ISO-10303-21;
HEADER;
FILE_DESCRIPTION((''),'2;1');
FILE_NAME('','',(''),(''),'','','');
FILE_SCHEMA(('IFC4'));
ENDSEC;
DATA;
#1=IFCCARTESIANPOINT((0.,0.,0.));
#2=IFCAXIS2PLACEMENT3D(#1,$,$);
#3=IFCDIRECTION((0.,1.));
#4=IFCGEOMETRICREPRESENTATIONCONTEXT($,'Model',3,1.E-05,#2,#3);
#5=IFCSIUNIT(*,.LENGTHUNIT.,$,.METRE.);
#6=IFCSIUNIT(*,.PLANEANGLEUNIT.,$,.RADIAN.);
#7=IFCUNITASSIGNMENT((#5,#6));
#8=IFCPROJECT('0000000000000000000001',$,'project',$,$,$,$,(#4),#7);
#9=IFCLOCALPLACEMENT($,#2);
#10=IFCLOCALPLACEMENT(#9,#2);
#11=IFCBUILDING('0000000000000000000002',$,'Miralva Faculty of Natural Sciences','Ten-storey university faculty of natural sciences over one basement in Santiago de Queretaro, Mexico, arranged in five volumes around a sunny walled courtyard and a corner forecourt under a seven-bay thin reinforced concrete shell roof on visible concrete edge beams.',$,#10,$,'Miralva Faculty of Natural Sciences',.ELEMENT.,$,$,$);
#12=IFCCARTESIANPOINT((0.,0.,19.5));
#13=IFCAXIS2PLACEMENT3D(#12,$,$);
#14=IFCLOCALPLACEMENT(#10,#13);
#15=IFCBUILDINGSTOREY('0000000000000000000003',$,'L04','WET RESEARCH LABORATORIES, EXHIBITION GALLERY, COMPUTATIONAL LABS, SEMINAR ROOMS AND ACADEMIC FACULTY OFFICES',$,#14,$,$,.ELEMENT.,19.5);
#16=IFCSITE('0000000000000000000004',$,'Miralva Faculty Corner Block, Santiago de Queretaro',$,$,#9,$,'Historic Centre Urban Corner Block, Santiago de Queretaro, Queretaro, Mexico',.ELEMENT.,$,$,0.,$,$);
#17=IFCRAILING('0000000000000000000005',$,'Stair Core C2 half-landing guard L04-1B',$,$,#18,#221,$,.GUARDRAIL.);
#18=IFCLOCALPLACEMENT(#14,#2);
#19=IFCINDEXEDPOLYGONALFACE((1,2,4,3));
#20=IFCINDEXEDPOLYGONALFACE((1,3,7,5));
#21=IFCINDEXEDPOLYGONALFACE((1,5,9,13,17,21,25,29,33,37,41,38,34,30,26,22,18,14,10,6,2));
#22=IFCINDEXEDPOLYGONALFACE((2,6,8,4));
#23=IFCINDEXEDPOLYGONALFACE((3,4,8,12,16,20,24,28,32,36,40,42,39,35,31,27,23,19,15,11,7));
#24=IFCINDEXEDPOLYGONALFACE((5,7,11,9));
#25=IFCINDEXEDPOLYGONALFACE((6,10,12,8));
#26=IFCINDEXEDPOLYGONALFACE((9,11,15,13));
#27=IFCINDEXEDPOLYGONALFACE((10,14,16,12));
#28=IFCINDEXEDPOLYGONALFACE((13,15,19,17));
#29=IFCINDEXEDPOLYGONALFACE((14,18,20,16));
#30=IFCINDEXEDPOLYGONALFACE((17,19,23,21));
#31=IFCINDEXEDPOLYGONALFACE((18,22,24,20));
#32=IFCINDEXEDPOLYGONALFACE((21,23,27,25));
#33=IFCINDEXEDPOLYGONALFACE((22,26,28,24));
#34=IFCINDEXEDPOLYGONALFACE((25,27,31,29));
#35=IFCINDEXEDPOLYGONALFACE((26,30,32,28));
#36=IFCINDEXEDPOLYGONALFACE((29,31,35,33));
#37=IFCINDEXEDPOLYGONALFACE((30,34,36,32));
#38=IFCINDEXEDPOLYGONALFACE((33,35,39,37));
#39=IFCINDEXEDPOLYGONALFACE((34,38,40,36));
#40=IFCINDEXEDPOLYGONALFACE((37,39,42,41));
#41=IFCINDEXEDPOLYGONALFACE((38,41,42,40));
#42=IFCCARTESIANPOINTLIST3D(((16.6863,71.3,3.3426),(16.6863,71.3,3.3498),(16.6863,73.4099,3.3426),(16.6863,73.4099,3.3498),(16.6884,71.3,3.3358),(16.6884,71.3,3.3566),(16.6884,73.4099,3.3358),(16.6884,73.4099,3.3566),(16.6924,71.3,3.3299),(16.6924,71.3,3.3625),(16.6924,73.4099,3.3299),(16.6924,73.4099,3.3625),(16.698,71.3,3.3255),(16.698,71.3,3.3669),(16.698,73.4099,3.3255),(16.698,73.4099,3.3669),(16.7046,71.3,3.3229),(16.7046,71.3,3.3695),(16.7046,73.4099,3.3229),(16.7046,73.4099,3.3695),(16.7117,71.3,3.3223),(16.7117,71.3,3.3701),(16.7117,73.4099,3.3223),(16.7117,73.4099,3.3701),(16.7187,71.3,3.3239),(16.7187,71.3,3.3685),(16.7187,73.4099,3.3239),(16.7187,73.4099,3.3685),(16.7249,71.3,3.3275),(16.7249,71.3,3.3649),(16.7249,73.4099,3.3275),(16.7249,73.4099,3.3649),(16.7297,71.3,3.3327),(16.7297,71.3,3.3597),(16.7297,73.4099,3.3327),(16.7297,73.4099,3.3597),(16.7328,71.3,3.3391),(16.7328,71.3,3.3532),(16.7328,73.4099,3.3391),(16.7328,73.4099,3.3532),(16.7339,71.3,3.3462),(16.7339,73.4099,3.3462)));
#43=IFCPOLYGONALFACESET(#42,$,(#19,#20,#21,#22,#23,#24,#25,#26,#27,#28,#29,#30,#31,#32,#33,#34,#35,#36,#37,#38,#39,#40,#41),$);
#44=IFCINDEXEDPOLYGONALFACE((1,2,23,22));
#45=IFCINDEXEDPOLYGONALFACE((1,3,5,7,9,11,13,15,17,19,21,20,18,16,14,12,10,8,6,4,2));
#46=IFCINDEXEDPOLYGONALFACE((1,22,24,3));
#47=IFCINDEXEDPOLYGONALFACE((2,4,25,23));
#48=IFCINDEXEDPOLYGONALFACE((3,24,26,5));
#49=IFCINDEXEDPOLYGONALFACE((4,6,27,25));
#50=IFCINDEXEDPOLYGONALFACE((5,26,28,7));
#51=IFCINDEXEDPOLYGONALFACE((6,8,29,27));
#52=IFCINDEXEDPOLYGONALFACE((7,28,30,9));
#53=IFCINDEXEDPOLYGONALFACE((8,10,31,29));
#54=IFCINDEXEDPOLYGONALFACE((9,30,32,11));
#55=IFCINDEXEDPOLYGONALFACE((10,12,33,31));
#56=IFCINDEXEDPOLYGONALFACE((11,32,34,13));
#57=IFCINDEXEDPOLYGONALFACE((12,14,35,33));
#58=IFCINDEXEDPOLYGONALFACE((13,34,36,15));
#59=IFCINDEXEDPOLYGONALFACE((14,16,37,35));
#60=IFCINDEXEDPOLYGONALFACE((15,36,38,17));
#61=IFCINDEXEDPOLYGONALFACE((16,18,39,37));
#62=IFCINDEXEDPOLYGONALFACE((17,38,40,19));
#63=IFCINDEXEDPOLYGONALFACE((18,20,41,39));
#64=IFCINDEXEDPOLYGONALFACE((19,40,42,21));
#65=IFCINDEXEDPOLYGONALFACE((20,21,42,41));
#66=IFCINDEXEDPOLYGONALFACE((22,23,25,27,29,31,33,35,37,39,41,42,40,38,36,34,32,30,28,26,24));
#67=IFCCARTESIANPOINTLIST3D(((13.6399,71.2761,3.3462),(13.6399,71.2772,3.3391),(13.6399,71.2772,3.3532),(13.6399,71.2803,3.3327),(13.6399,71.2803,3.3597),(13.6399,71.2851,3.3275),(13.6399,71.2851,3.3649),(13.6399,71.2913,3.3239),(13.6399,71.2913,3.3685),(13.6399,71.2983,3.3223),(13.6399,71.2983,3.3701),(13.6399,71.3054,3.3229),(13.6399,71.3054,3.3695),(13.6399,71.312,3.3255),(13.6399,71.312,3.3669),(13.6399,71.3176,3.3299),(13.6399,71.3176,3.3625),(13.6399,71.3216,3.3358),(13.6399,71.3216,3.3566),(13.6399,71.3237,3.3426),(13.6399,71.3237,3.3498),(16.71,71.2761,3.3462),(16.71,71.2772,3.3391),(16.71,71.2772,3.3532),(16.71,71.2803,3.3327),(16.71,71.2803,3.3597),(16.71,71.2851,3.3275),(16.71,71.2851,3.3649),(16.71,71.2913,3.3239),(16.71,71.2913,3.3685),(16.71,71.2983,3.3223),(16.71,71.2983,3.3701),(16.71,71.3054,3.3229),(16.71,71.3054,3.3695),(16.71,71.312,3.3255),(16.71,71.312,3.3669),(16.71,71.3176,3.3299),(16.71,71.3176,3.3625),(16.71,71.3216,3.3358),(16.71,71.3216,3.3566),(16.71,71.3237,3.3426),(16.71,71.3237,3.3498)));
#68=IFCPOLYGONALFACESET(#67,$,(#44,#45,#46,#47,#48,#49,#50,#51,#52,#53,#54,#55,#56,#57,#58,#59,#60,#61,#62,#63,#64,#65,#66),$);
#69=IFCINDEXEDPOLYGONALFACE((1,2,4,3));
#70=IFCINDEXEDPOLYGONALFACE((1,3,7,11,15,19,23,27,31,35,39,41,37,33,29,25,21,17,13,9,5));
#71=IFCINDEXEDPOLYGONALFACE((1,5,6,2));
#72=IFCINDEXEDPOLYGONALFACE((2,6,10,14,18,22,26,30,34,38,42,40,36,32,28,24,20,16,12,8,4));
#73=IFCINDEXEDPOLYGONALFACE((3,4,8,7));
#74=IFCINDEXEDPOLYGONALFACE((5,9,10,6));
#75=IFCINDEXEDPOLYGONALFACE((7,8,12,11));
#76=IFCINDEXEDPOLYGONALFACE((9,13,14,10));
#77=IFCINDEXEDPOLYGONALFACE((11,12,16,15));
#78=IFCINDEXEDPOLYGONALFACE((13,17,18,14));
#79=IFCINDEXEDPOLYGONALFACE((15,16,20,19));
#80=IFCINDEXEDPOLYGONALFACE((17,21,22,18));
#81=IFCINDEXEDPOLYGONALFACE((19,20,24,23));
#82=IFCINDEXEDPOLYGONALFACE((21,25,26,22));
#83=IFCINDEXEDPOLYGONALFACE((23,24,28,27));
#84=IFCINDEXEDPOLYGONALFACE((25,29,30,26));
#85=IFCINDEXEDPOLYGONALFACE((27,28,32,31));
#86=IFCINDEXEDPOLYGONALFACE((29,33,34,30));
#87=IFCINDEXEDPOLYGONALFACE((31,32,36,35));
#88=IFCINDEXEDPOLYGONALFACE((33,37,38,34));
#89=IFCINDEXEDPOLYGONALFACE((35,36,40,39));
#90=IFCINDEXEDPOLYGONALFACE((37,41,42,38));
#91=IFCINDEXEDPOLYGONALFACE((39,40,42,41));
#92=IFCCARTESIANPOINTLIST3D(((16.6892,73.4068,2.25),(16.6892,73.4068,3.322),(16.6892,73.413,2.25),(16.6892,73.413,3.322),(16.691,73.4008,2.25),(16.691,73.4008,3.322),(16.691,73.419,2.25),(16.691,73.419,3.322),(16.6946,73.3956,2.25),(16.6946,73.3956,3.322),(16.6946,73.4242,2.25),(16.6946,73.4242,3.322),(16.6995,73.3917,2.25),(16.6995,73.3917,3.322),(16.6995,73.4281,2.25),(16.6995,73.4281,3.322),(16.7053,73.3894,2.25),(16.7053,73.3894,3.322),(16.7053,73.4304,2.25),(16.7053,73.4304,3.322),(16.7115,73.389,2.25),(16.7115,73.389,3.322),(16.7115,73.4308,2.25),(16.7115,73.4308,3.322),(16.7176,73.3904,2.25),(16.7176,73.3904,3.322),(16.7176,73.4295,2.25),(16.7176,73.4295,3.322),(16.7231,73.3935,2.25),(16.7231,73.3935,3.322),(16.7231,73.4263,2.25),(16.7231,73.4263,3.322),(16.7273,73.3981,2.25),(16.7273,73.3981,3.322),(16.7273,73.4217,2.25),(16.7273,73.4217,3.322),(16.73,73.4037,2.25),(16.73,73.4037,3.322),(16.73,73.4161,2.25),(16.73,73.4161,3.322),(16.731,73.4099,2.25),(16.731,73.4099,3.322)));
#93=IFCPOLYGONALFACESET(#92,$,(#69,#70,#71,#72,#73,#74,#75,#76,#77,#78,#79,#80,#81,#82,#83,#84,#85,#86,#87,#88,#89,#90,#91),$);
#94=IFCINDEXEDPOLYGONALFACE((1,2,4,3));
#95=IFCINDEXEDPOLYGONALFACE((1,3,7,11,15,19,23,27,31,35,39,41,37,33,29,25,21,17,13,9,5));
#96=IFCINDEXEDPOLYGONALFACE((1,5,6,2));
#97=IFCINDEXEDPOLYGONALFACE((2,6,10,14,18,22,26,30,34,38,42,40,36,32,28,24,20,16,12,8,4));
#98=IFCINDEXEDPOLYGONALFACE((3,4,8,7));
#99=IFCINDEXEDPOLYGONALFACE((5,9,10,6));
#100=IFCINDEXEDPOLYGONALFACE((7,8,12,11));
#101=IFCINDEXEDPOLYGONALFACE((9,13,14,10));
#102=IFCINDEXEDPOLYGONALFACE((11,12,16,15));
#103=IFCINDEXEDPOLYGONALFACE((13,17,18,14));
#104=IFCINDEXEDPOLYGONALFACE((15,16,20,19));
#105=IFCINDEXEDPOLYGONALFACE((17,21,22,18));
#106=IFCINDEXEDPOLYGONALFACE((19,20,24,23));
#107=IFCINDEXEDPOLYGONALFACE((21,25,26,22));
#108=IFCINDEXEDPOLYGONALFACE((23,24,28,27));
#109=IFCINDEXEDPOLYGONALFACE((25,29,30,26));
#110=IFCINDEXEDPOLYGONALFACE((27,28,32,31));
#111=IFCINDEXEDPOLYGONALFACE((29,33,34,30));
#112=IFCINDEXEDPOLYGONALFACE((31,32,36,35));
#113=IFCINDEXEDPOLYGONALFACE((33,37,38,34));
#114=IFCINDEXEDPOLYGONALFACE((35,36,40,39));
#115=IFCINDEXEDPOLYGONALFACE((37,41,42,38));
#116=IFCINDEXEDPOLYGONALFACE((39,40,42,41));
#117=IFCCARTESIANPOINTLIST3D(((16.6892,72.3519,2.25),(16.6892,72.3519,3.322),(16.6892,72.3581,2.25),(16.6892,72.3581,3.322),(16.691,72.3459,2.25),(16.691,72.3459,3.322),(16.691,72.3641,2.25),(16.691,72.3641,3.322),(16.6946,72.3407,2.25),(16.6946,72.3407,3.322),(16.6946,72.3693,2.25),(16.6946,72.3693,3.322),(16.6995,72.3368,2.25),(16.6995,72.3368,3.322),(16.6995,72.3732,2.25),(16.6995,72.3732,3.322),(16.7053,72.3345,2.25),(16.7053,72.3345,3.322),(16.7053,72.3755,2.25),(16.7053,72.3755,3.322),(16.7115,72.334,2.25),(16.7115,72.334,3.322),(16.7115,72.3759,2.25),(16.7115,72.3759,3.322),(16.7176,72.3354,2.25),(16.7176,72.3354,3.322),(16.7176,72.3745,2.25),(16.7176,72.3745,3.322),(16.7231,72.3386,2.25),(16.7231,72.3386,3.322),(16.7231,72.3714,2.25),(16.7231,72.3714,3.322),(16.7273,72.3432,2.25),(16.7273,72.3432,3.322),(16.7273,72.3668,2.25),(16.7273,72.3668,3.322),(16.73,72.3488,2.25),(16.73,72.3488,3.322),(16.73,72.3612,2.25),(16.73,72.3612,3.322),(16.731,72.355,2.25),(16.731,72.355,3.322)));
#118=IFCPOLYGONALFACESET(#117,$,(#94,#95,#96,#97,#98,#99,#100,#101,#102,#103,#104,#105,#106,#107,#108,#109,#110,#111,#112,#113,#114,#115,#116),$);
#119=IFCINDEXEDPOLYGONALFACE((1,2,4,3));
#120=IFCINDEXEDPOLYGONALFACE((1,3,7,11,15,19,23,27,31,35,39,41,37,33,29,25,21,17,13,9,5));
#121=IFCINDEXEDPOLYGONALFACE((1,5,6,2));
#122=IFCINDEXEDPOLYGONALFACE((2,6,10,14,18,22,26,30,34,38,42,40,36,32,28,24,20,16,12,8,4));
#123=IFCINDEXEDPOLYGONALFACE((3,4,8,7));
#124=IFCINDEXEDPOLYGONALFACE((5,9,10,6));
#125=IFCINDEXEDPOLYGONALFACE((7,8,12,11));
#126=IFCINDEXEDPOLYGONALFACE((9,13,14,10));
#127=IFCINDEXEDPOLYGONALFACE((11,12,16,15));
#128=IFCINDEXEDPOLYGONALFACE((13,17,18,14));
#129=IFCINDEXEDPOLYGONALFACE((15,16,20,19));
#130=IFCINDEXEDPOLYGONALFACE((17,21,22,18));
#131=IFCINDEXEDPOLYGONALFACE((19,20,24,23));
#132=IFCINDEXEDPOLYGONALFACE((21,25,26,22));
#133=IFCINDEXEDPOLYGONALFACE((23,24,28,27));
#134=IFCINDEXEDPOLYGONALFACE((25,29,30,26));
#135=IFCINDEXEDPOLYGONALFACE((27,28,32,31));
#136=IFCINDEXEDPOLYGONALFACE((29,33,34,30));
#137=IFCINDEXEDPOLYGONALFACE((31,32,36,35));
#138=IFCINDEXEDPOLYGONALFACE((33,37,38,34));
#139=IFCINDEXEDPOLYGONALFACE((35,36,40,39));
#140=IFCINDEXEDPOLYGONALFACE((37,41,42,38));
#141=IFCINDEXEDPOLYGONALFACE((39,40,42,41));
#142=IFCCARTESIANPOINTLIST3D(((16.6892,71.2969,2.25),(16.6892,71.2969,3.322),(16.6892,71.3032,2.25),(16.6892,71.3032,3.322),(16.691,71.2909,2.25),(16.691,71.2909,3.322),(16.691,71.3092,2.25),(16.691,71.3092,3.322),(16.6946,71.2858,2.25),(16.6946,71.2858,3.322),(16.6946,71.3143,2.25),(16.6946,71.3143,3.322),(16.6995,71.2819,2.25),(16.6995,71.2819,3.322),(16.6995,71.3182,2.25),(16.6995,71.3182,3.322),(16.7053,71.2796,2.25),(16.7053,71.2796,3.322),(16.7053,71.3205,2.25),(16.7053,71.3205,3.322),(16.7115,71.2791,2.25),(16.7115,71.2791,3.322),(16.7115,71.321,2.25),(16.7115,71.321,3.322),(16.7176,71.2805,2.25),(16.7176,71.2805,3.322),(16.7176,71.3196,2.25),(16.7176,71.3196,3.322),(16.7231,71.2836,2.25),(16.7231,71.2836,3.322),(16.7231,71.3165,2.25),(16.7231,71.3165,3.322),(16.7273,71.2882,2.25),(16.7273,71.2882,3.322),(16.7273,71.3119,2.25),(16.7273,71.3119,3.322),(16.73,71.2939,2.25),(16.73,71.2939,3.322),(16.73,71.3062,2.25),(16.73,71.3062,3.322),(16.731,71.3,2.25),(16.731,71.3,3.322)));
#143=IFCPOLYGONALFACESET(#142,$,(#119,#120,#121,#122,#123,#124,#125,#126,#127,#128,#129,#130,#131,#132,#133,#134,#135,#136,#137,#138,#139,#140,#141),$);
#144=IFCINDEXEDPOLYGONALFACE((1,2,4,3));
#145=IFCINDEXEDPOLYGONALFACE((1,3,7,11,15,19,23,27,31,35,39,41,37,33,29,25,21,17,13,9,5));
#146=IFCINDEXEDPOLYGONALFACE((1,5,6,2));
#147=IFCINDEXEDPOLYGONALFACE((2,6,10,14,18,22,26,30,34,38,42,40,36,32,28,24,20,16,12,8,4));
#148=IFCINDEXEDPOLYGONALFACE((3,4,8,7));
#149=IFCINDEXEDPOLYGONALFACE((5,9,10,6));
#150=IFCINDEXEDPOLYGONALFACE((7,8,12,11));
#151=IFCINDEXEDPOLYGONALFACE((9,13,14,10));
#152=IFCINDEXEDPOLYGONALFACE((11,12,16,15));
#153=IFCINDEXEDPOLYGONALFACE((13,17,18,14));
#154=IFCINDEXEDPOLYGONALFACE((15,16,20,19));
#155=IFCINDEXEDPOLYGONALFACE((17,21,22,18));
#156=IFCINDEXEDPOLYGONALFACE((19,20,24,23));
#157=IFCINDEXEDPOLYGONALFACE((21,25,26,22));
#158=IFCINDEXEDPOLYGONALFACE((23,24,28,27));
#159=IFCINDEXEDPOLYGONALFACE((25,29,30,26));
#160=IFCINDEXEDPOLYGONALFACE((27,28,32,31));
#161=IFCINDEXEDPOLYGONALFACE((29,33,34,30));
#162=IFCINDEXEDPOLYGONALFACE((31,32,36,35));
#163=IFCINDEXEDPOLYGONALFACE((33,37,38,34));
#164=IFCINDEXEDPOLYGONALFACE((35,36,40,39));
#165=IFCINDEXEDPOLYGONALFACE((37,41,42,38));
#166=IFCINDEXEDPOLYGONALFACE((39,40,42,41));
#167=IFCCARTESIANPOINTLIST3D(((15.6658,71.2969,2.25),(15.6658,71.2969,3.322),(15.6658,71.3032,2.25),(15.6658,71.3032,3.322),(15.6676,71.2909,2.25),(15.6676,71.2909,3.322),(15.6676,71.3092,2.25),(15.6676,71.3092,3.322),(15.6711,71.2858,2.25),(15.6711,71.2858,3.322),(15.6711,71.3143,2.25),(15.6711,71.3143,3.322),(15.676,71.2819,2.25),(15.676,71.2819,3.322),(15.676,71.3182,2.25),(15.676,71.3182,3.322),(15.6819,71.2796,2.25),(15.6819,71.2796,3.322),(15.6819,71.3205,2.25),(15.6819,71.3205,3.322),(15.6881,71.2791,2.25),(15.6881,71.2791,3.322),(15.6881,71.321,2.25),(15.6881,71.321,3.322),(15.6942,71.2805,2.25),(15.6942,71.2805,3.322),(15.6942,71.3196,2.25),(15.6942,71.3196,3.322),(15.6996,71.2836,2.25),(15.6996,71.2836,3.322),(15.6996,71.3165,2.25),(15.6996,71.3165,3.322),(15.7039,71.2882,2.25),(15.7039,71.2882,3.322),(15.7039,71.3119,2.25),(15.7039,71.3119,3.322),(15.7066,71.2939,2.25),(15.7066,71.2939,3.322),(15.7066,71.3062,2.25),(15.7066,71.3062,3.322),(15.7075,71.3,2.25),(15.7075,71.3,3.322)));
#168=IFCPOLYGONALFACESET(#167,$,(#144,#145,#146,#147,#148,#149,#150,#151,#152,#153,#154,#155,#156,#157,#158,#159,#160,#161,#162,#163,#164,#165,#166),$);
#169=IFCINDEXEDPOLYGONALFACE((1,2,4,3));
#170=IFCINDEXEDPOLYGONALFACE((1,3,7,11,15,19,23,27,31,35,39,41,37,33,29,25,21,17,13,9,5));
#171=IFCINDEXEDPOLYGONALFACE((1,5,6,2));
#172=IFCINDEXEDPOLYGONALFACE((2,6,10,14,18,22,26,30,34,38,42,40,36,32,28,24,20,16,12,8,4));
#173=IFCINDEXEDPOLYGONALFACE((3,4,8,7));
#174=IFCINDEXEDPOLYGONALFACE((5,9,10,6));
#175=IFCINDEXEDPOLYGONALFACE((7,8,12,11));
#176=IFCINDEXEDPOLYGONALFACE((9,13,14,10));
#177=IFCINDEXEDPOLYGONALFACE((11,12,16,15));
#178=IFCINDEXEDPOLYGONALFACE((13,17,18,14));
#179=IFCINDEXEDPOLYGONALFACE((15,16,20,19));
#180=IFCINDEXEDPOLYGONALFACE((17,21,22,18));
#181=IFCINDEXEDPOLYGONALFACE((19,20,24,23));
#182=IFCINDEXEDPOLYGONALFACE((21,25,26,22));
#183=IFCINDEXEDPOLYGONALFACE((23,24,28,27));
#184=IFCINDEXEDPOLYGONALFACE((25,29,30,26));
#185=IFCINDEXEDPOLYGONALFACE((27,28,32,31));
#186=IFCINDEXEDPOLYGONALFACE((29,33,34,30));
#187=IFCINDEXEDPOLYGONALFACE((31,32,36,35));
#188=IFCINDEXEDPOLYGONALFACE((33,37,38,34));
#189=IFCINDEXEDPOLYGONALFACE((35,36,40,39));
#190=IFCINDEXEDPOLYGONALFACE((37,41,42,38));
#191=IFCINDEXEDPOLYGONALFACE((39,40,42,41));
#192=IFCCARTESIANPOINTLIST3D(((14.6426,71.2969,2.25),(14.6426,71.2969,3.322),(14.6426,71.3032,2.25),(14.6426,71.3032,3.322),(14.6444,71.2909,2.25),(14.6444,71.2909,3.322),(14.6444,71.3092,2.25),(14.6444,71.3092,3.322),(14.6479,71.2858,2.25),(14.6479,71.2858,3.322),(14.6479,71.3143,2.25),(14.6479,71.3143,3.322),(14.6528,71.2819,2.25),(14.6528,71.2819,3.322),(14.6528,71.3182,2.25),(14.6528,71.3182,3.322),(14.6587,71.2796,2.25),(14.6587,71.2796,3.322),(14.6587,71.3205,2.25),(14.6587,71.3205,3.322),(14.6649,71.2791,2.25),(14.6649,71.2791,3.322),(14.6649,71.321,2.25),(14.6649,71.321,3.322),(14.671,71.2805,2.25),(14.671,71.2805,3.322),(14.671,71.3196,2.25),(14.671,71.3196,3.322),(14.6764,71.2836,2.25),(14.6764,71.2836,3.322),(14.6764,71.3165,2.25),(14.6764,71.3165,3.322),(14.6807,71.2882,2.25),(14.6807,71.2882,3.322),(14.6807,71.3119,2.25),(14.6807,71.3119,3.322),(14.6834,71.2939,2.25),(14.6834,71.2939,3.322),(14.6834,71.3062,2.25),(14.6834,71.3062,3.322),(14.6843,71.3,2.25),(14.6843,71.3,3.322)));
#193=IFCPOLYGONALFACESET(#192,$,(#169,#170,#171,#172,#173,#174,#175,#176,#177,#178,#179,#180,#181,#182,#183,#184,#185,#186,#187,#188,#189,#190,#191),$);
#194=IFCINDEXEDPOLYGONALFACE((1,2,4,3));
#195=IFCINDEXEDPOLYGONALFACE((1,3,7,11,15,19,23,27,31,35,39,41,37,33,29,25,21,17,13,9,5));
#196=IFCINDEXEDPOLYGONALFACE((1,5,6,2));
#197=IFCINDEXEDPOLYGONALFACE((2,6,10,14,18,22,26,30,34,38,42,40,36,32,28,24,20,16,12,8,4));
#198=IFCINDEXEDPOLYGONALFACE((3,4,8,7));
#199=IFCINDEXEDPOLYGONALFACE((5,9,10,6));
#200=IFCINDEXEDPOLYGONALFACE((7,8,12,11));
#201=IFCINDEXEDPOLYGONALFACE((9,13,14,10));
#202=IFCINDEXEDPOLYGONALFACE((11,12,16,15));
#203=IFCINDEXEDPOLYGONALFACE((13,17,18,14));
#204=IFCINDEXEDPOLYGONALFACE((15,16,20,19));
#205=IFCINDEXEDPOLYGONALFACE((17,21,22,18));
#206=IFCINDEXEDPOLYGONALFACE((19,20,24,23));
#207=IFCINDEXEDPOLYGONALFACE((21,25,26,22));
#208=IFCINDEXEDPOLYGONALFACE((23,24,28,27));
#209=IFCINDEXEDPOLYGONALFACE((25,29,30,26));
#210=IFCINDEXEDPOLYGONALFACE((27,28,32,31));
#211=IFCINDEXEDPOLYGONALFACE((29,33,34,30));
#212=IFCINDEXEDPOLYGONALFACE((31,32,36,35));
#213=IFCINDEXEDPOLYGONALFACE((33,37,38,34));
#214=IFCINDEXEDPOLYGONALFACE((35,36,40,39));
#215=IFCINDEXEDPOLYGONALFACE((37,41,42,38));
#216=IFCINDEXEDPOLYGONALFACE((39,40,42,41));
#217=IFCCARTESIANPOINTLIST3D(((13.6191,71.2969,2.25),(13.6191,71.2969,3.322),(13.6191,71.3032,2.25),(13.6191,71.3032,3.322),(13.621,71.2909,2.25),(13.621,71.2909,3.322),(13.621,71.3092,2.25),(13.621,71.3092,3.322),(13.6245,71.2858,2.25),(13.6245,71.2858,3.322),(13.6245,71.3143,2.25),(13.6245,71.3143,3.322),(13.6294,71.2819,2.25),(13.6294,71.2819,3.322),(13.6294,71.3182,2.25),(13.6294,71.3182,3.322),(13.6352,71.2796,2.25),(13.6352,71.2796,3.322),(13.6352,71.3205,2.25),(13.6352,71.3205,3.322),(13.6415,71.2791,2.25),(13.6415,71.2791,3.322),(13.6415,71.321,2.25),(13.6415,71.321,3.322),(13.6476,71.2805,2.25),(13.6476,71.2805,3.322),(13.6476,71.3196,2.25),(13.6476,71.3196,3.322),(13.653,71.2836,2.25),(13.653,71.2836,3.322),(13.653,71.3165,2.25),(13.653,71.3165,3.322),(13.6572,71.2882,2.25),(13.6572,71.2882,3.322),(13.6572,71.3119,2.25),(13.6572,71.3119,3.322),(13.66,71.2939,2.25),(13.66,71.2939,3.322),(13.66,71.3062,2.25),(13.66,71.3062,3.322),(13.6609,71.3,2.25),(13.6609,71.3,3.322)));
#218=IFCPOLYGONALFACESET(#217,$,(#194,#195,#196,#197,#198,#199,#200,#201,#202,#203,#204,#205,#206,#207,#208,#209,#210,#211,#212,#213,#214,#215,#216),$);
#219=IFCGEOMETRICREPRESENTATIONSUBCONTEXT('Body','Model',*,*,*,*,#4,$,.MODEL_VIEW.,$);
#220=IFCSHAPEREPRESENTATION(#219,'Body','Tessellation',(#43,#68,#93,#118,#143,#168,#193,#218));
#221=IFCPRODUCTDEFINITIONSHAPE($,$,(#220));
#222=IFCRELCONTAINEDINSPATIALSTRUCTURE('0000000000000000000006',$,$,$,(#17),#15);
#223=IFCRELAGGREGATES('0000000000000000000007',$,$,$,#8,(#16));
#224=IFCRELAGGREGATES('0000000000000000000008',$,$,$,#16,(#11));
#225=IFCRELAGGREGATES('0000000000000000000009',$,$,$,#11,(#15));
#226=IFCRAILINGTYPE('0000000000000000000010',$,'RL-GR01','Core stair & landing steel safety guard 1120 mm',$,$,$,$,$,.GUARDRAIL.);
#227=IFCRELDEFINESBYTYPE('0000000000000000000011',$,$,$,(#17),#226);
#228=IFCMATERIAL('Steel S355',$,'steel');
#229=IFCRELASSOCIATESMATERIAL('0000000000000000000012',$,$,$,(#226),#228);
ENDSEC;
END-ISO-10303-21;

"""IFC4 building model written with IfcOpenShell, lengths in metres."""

from ifc_helpers import new_model, si_unit, direction, frame, origin, origin_2d, place, context, subcontext, project, spatial, circle, extrude, material, type_object, element, save


model = new_model("IFC4")

# Units and contexts
model_context = context("Model", 3, precision=1e-05, world=origin(), true_north=direction((0.0, 1.0)))
body_context = subcontext(model_context, "Body", "Model", "MODEL_VIEW")
ifc_project = project(units=[si_unit("LENGTHUNIT", "METRE"), si_unit("PLANEANGLEUNIT", "RADIAN")], contexts=[model_context])

# Site, building, storey
site_placement = place(None, origin())
site = spatial("IfcSite", under=ifc_project, at=site_placement, Name="Miralva Faculty Corner Block, Santiago de Queretaro", LongName="Historic Centre Urban Corner Block, Santiago de Queretaro, Queretaro, Mexico", CompositionType="ELEMENT", RefElevation=0.0)
building_placement = place(site_placement, origin())
building = spatial("IfcBuilding", under=site, at=building_placement, Name="Miralva Faculty of Natural Sciences", Description="Ten-storey university faculty of natural sciences over one basement in Santiago de Queretaro, Mexico, arranged in five volumes around a sunny walled courtyard and a corner forecourt under a seven-bay thin reinforced concrete shell roof on visible concrete edge beams.", LongName="Miralva Faculty of Natural Sciences", CompositionType="ELEMENT")
storey_placement = place(building_placement, frame((0.0, 0.0, 19.5)))
storey = spatial("IfcBuildingStorey", under=building, at=storey_placement, Name="L04", Description="WET RESEARCH LABORATORIES, EXHIBITION GALLERY, COMPUTATIONAL LABS, SEMINAR ROOMS AND ACADEMIC FACULTY OFFICES", CompositionType="ELEMENT", Elevation=19.5)

# Railing
ifc_material_1 = material(Name="Steel S355", Category="steel")
railing_type_1 = type_object("IfcRailingType", Name="RL-GR01", Description="Core stair & landing steel safety guard 1120 mm", PredefinedType="GUARDRAIL", material=ifc_material_1)
railing_1_placement = place(storey_placement, frame((16.71, 73.4099, 2.25)))
element("IfcRailing", 1, at=railing_1_placement, inside=storey, type_object=railing_type_1, Name="Stair Core C2 half-landing guard L04-1B", PredefinedType="GUARDRAIL", context=body_context, shape_type="SweptSolid", body=[
    extrude(circle(Radius=0.0239, at=origin_2d()), frame((0.0, 0.0, 1.0962), z_axis=(0.0, -1.0, 0.0), x_axis=(1.0, 0.0, 0.0)), (0.0, 0.0, 1.0), 2.1099),
    extrude(circle(Radius=0.0239, at=origin_2d()), frame((0.0, -2.1099, 1.0962), z_axis=(-1.0, 0.0, 0.0), x_axis=(0.0, -1.0, 0.0)), (0.0, 0.0, 1.0), 3.0701),
    extrude(circle(Radius=0.021, at=origin_2d()), origin(), (0.0, 0.0, 1.0), 1.072),
    extrude(circle(Radius=0.021, at=origin_2d()), frame((0.0, -1.0549, 0.0)), (0.0, 0.0, 1.0), 1.072),
    extrude(circle(Radius=0.021, at=origin_2d()), frame((0.0, -2.1099, 0.0)), (0.0, 0.0, 1.0), 1.072),
    extrude(circle(Radius=0.021, at=origin_2d()), frame((-1.0234, -2.1099, 0.0)), (0.0, 0.0, 1.0), 1.072),
    extrude(circle(Radius=0.021, at=origin_2d()), frame((-2.0466, -2.1099, 0.0)), (0.0, 0.0, 1.0), 1.072),
    extrude(circle(Radius=0.021, at=origin_2d()), frame((-3.0701, -2.1099, 0.0)), (0.0, 0.0, 1.0), 1.072),
])

save(model, "model.ifc")
